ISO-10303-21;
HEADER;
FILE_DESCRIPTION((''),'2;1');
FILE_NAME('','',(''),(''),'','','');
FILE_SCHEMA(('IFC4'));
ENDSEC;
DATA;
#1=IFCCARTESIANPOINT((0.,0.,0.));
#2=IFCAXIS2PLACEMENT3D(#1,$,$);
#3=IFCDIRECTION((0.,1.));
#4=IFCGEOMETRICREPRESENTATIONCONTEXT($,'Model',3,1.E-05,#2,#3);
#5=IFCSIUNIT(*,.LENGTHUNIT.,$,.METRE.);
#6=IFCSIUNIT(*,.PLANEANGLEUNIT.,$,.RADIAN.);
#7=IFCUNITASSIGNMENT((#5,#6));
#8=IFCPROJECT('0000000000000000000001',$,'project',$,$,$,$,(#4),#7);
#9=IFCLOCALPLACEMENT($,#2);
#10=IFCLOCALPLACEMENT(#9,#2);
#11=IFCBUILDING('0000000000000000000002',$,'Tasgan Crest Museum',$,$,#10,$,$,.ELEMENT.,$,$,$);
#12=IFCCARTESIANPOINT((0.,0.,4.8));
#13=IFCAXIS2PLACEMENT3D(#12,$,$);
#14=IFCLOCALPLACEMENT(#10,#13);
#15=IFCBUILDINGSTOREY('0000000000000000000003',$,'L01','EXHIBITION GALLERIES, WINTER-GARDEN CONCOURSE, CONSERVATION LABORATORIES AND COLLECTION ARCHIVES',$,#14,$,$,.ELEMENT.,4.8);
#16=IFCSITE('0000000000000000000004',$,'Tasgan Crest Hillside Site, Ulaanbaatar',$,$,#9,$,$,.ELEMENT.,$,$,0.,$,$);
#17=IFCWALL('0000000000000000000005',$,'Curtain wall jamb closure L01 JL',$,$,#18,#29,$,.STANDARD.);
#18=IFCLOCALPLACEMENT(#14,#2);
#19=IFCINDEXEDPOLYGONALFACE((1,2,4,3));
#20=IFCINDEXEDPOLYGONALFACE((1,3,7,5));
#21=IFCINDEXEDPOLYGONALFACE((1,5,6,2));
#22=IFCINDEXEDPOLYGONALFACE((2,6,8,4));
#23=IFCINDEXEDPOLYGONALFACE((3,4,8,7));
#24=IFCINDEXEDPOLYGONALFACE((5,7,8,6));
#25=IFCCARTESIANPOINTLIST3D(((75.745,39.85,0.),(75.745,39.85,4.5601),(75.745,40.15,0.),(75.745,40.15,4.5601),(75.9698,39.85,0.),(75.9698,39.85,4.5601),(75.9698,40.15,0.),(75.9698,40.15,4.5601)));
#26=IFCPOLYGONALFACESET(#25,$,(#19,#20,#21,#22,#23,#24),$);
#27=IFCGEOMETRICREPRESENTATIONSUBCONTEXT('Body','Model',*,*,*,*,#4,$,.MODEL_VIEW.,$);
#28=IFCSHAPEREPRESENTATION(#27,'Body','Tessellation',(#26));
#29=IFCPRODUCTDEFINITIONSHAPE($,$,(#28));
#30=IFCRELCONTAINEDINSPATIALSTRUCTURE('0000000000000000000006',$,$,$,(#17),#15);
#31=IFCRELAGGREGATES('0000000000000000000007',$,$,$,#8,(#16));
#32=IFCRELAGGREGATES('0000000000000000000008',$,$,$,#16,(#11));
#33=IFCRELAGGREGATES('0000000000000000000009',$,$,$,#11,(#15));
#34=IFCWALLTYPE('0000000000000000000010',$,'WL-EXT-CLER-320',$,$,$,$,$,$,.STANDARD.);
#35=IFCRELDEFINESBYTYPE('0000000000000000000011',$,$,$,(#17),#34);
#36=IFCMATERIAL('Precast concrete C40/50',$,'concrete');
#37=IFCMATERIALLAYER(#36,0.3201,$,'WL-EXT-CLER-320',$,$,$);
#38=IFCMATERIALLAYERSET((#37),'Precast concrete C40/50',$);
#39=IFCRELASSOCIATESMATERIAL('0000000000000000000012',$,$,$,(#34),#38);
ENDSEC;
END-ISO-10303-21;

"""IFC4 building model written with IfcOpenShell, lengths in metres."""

from ifc_helpers import new_model, si_unit, direction, frame, frame_2d, origin, place, context, subcontext, project, spatial, rectangle, extrude, material, layer, layer_set, type_object, element, save


model = new_model("IFC4")

# Units and contexts
model_context = context("Model", 3, precision=1e-05, world=origin(), true_north=direction((0.0, 1.0)))
body_context = subcontext(model_context, "Body", "Model", "MODEL_VIEW")
ifc_project = project(units=[si_unit("LENGTHUNIT", "METRE"), si_unit("PLANEANGLEUNIT", "RADIAN")], contexts=[model_context])

# Site, building, storey
site_placement = place(None, origin())
site = spatial("IfcSite", under=ifc_project, at=site_placement, Name="Tasgan Crest Hillside Site, Ulaanbaatar", CompositionType="ELEMENT", RefElevation=0.0)
building_placement = place(site_placement, origin())
building = spatial("IfcBuilding", under=site, at=building_placement, Name="Tasgan Crest Museum", CompositionType="ELEMENT")
storey_placement = place(building_placement, frame((0.0, 0.0, 4.8)))
storey = spatial("IfcBuildingStorey", under=building, at=storey_placement, Name="L01", Description="EXHIBITION GALLERIES, WINTER-GARDEN CONCOURSE, CONSERVATION LABORATORIES AND COLLECTION ARCHIVES", CompositionType="ELEMENT", Elevation=4.8)

# Wall
ifc_material_1 = material(Name="Precast concrete C40/50", Category="concrete")
ifc_layer_1 = layer(ifc_material_1, 0.3201, Name="WL-EXT-CLER-320")
ifc_layer_set_1 = layer_set([ifc_layer_1], Name="Precast concrete C40/50")
wall_type = type_object("IfcWallType", Name="WL-EXT-CLER-320", PredefinedType="STANDARD", material=ifc_layer_set_1)
wall_1_placement = place(storey_placement, frame((75.7451, 40.0, 0.0), z_axis=(0.0, 0.0, 1.0), x_axis=(1.0, 0.0, 0.0)))
element("IfcWall", 1, at=wall_1_placement, inside=storey, type_object=wall_type, Name="Curtain wall jamb closure L01 JL", PredefinedType="STANDARD", context=body_context, shape_type="SweptSolid", body=[
    extrude(rectangle(XDim=0.2249, YDim=0.3, at=frame_2d((0.1123, 0.0))), origin(), (0.0, 0.0, 1.0), 4.5601),
])

save(model, "model.ifc")
